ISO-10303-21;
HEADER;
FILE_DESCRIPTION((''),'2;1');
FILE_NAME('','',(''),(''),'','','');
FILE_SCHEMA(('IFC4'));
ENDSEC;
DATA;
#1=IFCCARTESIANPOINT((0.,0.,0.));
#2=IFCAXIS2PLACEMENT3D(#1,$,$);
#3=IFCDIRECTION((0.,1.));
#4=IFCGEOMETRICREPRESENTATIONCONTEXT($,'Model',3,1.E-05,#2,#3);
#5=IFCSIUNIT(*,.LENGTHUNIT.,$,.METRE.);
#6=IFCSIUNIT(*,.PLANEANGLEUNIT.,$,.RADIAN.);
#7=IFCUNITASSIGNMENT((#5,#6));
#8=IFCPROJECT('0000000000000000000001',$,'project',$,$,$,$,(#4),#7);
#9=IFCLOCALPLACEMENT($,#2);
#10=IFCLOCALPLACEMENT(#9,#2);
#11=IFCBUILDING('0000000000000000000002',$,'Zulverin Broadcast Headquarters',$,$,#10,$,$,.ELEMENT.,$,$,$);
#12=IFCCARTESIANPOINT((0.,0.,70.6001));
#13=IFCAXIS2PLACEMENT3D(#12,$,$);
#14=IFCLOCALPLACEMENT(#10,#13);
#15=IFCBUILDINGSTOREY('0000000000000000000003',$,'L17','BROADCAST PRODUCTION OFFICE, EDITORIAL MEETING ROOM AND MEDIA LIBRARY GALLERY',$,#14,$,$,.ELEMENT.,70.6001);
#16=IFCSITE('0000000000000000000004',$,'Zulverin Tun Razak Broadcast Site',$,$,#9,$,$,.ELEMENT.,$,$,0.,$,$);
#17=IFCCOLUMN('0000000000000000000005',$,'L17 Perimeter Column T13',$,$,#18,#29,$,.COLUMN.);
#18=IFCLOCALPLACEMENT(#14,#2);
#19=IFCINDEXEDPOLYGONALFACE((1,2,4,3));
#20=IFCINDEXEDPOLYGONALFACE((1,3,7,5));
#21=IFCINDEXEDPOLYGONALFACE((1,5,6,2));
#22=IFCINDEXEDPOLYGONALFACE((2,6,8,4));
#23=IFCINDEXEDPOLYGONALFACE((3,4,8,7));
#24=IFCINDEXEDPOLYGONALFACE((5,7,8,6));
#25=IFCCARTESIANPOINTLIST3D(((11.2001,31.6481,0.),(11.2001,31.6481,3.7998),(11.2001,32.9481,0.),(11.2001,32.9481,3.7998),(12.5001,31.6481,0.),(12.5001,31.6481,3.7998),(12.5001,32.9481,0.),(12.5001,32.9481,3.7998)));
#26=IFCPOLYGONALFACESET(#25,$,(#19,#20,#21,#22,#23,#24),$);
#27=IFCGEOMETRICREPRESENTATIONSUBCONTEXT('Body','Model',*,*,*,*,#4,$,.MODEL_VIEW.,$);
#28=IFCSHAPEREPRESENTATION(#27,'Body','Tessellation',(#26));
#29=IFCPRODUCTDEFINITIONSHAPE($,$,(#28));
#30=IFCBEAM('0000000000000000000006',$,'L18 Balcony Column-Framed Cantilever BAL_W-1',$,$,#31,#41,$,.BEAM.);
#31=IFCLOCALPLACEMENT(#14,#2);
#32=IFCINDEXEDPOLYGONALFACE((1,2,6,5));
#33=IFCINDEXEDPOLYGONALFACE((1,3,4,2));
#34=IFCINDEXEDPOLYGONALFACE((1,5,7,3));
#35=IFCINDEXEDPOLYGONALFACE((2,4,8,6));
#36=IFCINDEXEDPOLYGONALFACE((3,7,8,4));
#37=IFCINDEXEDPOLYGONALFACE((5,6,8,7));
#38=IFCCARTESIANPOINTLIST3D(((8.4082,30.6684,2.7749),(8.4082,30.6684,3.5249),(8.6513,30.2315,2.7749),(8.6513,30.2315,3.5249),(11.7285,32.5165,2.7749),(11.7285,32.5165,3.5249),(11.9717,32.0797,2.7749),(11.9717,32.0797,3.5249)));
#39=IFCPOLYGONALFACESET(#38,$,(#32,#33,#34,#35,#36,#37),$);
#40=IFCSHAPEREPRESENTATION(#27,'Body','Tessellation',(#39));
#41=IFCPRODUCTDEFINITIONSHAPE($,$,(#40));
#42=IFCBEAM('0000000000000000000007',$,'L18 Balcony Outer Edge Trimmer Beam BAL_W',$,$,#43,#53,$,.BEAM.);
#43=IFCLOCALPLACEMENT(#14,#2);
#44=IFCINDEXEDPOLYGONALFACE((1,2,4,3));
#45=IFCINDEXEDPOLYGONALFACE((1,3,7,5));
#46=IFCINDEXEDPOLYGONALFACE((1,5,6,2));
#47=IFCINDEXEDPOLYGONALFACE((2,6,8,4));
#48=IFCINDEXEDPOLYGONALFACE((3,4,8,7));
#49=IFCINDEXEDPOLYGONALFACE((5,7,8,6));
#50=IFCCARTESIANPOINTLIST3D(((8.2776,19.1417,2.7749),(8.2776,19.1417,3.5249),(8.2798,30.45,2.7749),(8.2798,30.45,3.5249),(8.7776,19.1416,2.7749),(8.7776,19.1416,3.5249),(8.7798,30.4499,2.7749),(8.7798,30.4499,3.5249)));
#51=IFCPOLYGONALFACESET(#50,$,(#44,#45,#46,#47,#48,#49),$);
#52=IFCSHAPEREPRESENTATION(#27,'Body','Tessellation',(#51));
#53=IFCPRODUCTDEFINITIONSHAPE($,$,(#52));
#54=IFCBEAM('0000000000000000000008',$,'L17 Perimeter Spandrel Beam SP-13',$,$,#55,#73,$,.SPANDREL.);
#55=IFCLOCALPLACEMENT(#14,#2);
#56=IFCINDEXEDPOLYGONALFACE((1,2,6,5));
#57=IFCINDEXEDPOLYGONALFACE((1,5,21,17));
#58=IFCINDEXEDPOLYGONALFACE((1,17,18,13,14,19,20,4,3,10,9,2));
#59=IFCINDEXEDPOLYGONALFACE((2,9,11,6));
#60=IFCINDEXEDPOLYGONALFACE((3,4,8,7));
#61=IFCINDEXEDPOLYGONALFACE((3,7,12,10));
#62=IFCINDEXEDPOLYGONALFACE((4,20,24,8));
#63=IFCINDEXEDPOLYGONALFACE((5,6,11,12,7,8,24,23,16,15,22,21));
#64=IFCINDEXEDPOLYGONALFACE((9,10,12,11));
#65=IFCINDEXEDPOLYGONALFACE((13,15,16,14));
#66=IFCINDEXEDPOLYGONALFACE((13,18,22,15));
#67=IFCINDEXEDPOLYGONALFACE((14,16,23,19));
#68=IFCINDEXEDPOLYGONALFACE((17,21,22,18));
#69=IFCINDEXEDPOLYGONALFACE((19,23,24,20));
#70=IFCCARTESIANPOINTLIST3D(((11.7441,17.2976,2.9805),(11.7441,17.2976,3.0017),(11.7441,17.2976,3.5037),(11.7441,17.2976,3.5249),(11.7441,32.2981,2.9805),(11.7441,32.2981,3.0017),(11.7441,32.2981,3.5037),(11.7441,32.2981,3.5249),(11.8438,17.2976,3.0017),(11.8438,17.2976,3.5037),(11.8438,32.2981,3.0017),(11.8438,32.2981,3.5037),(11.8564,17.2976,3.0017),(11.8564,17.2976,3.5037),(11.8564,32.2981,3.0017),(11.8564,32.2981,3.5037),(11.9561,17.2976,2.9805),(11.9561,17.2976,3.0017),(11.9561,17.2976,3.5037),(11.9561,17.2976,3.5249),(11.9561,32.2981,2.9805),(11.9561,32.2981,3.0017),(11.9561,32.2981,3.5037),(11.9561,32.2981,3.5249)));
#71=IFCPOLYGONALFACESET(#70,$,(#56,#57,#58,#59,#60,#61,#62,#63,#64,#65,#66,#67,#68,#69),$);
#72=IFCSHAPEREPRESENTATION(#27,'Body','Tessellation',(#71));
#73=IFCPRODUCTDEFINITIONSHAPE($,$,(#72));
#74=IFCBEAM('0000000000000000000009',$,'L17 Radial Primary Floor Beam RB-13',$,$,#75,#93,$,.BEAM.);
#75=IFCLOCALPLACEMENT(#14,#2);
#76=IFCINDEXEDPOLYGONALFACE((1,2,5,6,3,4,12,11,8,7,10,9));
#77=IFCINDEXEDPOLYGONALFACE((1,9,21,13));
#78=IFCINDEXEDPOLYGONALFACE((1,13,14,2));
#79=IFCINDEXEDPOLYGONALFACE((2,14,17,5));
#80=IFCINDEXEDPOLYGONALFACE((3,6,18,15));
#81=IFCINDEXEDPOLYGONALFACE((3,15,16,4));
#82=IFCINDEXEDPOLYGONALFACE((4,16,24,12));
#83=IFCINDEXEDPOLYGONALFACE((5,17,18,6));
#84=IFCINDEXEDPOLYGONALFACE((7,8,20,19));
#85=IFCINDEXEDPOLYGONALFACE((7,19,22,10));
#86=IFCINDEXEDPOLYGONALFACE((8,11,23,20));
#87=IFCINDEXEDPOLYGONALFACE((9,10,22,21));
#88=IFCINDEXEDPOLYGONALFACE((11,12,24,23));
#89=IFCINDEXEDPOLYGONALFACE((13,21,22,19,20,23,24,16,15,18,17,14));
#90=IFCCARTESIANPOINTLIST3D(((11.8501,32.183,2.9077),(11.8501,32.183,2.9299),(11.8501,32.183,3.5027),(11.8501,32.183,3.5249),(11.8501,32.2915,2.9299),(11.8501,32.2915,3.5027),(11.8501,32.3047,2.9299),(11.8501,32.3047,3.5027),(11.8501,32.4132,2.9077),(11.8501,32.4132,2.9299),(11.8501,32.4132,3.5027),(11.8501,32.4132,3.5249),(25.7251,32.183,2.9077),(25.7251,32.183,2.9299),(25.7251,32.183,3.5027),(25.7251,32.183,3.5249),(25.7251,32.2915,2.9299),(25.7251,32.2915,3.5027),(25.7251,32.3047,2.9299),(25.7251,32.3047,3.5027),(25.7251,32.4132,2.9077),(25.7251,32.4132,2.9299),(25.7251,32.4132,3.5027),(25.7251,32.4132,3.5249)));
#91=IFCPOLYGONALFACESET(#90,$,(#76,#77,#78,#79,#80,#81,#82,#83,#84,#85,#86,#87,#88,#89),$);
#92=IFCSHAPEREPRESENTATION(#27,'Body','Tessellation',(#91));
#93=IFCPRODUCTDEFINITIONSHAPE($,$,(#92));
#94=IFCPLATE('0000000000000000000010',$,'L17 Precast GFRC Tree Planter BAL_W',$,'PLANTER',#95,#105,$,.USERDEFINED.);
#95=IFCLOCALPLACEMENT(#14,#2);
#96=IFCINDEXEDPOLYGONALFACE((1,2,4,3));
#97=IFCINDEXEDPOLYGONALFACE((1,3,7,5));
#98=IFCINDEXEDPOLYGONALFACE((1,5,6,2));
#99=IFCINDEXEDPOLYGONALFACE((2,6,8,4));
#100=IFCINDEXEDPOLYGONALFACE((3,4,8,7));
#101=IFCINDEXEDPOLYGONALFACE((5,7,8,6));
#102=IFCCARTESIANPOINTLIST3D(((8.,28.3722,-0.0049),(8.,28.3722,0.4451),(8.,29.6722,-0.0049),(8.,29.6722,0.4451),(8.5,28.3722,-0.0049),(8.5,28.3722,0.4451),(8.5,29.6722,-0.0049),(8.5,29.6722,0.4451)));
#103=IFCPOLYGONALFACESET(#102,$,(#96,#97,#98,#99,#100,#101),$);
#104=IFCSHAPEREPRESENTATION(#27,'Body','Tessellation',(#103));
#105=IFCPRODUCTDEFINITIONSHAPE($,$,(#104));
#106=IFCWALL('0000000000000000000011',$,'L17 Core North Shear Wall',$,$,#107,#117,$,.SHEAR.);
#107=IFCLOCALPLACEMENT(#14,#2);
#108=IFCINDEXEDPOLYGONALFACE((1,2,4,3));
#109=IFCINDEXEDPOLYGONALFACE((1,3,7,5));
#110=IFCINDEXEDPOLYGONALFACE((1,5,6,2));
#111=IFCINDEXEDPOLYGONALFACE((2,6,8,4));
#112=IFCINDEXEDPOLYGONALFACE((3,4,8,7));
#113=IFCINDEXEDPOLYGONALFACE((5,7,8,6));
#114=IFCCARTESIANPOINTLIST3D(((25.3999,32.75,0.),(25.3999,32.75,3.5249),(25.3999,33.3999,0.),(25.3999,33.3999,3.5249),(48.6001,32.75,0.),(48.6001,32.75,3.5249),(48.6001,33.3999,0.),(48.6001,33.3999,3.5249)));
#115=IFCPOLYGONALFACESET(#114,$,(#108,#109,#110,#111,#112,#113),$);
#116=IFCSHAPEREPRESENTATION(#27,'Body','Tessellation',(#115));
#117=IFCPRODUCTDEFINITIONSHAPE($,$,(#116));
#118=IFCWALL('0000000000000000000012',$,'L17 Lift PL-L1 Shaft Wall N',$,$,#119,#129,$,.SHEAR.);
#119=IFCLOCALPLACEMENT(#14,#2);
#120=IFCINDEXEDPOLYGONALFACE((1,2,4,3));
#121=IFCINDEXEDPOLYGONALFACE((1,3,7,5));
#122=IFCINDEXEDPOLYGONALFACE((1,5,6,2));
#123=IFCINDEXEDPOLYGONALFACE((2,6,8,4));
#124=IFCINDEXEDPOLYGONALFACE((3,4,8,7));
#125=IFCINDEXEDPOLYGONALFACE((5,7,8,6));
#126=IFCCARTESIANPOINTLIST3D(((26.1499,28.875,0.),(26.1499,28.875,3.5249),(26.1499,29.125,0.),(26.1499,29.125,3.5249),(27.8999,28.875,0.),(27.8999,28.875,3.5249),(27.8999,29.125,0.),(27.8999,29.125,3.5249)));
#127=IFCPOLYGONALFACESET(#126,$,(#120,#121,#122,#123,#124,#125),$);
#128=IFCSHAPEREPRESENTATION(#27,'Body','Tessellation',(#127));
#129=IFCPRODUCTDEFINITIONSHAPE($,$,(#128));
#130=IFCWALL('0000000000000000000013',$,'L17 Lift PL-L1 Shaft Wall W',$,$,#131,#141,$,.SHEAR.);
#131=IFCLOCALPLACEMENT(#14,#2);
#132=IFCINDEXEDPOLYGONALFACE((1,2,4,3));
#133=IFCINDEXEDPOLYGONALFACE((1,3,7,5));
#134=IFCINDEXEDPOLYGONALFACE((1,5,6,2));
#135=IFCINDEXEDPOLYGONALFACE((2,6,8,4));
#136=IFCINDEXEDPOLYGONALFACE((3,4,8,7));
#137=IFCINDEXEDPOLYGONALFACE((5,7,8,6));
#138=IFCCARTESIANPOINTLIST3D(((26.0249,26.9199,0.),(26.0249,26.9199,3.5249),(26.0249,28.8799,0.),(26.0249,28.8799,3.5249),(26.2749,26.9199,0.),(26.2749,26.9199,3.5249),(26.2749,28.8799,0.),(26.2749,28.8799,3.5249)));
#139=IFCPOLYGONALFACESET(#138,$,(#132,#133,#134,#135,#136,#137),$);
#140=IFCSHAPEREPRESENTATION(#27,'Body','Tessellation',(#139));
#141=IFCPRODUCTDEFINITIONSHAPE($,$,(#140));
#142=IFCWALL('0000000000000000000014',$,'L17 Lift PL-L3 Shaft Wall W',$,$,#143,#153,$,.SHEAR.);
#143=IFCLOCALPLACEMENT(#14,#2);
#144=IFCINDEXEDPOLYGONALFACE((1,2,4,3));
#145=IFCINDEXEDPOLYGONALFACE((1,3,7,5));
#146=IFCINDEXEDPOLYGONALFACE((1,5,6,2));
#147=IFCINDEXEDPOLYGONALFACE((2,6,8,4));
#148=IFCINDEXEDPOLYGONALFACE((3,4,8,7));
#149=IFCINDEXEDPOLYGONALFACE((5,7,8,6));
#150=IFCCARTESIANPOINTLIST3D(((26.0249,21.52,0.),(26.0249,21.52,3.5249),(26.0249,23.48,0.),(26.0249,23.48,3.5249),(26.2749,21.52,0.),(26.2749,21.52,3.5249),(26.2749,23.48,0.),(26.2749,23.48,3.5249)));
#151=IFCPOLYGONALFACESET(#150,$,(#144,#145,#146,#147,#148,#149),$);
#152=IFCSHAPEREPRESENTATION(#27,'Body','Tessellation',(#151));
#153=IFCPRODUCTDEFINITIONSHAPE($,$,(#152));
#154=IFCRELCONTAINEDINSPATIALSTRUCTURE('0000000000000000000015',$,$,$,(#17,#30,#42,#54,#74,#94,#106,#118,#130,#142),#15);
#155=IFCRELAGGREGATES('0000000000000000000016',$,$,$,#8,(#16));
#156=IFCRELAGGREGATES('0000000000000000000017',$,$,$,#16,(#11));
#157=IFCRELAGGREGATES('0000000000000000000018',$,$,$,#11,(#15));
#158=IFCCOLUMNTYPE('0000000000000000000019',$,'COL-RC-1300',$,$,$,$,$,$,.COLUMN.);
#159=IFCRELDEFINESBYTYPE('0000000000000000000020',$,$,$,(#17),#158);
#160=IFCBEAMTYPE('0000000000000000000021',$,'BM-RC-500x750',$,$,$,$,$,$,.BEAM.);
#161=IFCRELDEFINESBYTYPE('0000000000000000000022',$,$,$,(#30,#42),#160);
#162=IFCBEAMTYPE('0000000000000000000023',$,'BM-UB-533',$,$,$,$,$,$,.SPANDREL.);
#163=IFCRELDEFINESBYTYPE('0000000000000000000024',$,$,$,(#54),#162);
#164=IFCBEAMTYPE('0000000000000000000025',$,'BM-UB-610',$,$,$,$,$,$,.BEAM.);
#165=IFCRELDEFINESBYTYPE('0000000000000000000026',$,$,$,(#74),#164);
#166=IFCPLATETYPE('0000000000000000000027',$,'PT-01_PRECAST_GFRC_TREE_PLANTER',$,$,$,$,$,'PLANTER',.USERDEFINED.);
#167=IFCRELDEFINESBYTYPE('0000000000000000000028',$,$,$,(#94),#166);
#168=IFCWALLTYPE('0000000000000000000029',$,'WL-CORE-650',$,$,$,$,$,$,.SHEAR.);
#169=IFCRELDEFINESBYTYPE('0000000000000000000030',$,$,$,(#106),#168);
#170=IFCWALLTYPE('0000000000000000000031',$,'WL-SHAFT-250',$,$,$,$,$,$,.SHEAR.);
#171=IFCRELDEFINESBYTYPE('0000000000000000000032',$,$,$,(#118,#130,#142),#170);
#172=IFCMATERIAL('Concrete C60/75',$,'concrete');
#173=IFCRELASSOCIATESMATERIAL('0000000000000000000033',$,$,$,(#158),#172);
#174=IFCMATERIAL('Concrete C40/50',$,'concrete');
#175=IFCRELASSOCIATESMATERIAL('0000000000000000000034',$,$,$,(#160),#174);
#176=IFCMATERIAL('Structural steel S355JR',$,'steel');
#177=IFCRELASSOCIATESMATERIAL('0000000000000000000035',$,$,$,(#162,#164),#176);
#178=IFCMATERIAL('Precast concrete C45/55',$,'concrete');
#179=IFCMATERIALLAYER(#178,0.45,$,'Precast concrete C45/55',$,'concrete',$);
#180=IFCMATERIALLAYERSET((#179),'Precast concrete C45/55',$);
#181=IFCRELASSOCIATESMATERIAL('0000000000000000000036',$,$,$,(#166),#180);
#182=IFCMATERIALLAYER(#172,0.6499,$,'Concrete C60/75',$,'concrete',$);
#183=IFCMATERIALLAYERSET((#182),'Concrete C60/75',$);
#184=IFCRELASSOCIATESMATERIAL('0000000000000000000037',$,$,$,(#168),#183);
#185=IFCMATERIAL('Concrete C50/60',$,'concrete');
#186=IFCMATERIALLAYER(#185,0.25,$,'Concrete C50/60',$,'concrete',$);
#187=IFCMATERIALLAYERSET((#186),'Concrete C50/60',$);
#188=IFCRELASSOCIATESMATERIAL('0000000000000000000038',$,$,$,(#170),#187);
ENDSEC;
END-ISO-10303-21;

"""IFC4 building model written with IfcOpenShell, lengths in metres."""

from ifc_helpers import new_model, si_unit, direction, frame, frame_2d, origin, origin_2d, place, context, subcontext, project, spatial, rectangle, i_section, extrude, material, layer, layer_set, material_profile, profile_set, type_object, element, save


model = new_model("IFC4")

# Units and contexts
model_context = context("Model", 3, precision=1e-05, world=origin(), true_north=direction((0.0, 1.0)))
body_context = subcontext(model_context, "Body", "Model", "MODEL_VIEW")
ifc_project = project(units=[si_unit("LENGTHUNIT", "METRE"), si_unit("PLANEANGLEUNIT", "RADIAN")], contexts=[model_context])

# Site, building, storey
site_placement = place(None, origin())
site = spatial("IfcSite", under=ifc_project, at=site_placement, Name="Zulverin Tun Razak Broadcast Site", CompositionType="ELEMENT", RefElevation=0.0)
building_placement = place(site_placement, origin())
building = spatial("IfcBuilding", under=site, at=building_placement, Name="Zulverin Broadcast Headquarters", CompositionType="ELEMENT")
storey_placement = place(building_placement, frame((0.0, 0.0, 70.6001)))
storey = spatial("IfcBuildingStorey", under=building, at=storey_placement, Name="L17", Description="BROADCAST PRODUCTION OFFICE, EDITORIAL MEETING ROOM AND MEDIA LIBRARY GALLERY", CompositionType="ELEMENT", Elevation=70.6001)

# Column
ifc_material_1 = material(Name="Concrete C60/75", Category="concrete")
ifc_material_profile_1 = material_profile(ifc_material_1, rectangle(XDim=1.3, YDim=1.3, at=origin_2d()), Name="Concrete C60/75", Category="concrete")
ifc_profile_set_1 = profile_set([ifc_material_profile_1], Name="Concrete C60/75")
column_type = type_object("IfcColumnType", Name="COL-RC-1300", PredefinedType="COLUMN", material=ifc_profile_set_1)
column_placement = place(storey_placement, frame((11.8501, 32.2981, 0.0), z_axis=(0.0, 0.0, 1.0), x_axis=(1.0, 0.0, 0.0)))
element("IfcColumn", 1, at=column_placement, inside=storey, type_object=column_type, Name="L17 Perimeter Column T13", PredefinedType="COLUMN", context=body_context, shape_type="SweptSolid", body=[
    extrude(rectangle(XDim=1.3, YDim=1.3, at=origin_2d()), origin(), (0.0, 0.0, 1.0), 3.7998),
])

# Beams
ifc_material_2 = material(Name="Concrete C40/50", Category="concrete")
ifc_material_profile_2 = material_profile(ifc_material_2, rectangle(XDim=0.5, YDim=0.75, at=origin_2d()), Name="Concrete C40/50", Category="concrete")
ifc_profile_set_2 = profile_set([ifc_material_profile_2], Name="Concrete C40/50")
beam_type_1 = type_object("IfcBeamType", Name="BM-RC-500x750", PredefinedType="BEAM", material=ifc_profile_set_2)
beam_1_placement = place(storey_placement, frame((11.8501, 32.2981, 3.1499), z_axis=(-0.873763, -0.486352, 0.0), x_axis=(0.486352, -0.873763, 0.0)))
element("IfcBeam", 2, at=beam_1_placement, inside=storey, type_object=beam_type_1, Name="L18 Balcony Column-Framed Cantilever BAL_W-1", PredefinedType="BEAM", context=body_context, shape_type="SweptSolid", body=[
    extrude(rectangle(XDim=0.5, YDim=0.75, at=origin_2d()), origin(), (0.0, 0.0, 1.0), 3.8),
])
beam_2_placement = place(storey_placement, frame((8.5298, 30.45, 3.1499), z_axis=(-0.000194, -1.0, 0.0), x_axis=(1.0, -0.000194, 0.0)))
element("IfcBeam", 3, at=beam_2_placement, inside=storey, type_object=beam_type_1, Name="L18 Balcony Outer Edge Trimmer Beam BAL_W", PredefinedType="BEAM", context=body_context, shape_type="SweptSolid", body=[
    extrude(rectangle(XDim=0.5, YDim=0.75, at=origin_2d()), origin(), (0.0, 0.0, 1.0), 11.3083),
])
ifc_material_3 = material(Name="Structural steel S355JR", Category="steel")
ifc_material_profile_3 = material_profile(ifc_material_3, i_section(OverallWidth=0.2119, OverallDepth=0.5444, WebThickness=0.0127, FlangeThickness=0.0212, at=origin_2d()), Name="Structural steel S355JR", Category="steel")
ifc_profile_set_3 = profile_set([ifc_material_profile_3], Name="Structural steel S355JR")
beam_type_2 = type_object("IfcBeamType", Name="BM-UB-533", PredefinedType="SPANDREL", material=ifc_profile_set_3)
beam_3_placement = place(storey_placement, frame((11.8501, 32.2981, 3.2527), z_axis=(0.0, -1.0, 0.0), x_axis=(1.0, 0.0, 0.0)))
element("IfcBeam", 4, at=beam_3_placement, inside=storey, type_object=beam_type_2, Name="L17 Perimeter Spandrel Beam SP-13", PredefinedType="SPANDREL", context=body_context, shape_type="SweptSolid", body=[
    extrude(i_section(OverallWidth=0.2119, OverallDepth=0.5444, WebThickness=0.0127, FlangeThickness=0.0212, at=origin_2d()), origin(), (0.0, 0.0, 1.0), 15.0005),
])
ifc_material_profile_4 = material_profile(ifc_material_3, i_section(OverallWidth=0.2302, OverallDepth=0.6172, WebThickness=0.0132, FlangeThickness=0.0222, at=origin_2d()), Name="Structural steel S355JR", Category="steel")
ifc_profile_set_4 = profile_set([ifc_material_profile_4], Name="Structural steel S355JR")
beam_type_3 = type_object("IfcBeamType", Name="BM-UB-610", PredefinedType="BEAM", material=ifc_profile_set_4)
beam_4_placement = place(storey_placement, frame((25.7251, 32.2981, 3.2163), z_axis=(-1.0, 0.0, 0.0), x_axis=(0.0, -1.0, 0.0)))
element("IfcBeam", 5, at=beam_4_placement, inside=storey, type_object=beam_type_3, Name="L17 Radial Primary Floor Beam RB-13", PredefinedType="BEAM", context=body_context, shape_type="SweptSolid", body=[
    extrude(i_section(OverallWidth=0.2302, OverallDepth=0.6172, WebThickness=0.0132, FlangeThickness=0.0222, at=origin_2d()), origin(), (0.0, 0.0, 1.0), 13.875),
])

# Plate
ifc_material_4 = material(Name="Precast concrete C45/55", Category="concrete")
ifc_layer_1 = layer(ifc_material_4, 0.45, Name="Precast concrete C45/55", Category="concrete")
ifc_layer_set_1 = layer_set([ifc_layer_1], Name="Precast concrete C45/55")
plate_type = type_object("IfcPlateType", Name="PT-01_PRECAST_GFRC_TREE_PLANTER", ElementType="PLANTER", PredefinedType="USERDEFINED", material=ifc_layer_set_1)
plate_placement = place(storey_placement, frame((8.25, 29.0222, -0.0049), z_axis=(0.0, 0.0, 1.0), x_axis=(0.0, 1.0, 0.0)))
element("IfcPlate", 6, at=plate_placement, inside=storey, type_object=plate_type, Name="L17 Precast GFRC Tree Planter BAL_W", ObjectType="PLANTER", PredefinedType="USERDEFINED", context=body_context, shape_type="SweptSolid", body=[
    extrude(rectangle(XDim=1.3, YDim=0.5, at=origin_2d()), origin(), (0.0, 0.0, 1.0), 0.45),
])

# Wall
ifc_layer_2 = layer(ifc_material_1, 0.6499, Name="Concrete C60/75", Category="concrete")
ifc_layer_set_2 = layer_set([ifc_layer_2], Name="Concrete C60/75")
wall_type_1 = type_object("IfcWallType", Name="WL-CORE-650", PredefinedType="SHEAR", material=ifc_layer_set_2)
wall_1_placement = place(storey_placement, frame((25.3999, 33.075, 0.0), z_axis=(0.0, 0.0, 1.0), x_axis=(1.0, 0.0, 0.0)))
element("IfcWall", 7, at=wall_1_placement, inside=storey, type_object=wall_type_1, Name="L17 Core North Shear Wall", PredefinedType="SHEAR", context=body_context, shape_type="SweptSolid", body=[
    extrude(rectangle(XDim=23.2002, YDim=0.6499, at=frame_2d((11.6001, 0.0))), origin(), (0.0, 0.0, 1.0), 3.5249),
])

# Shared definitions
ifc_material_5 = material(Name="Concrete C50/60", Category="concrete")
ifc_layer_3 = layer(ifc_material_5, 0.25, Name="Concrete C50/60", Category="concrete")
ifc_layer_set_3 = layer_set([ifc_layer_3], Name="Concrete C50/60")
wall_type_2 = type_object("IfcWallType", Name="WL-SHAFT-250", PredefinedType="SHEAR", material=ifc_layer_set_3)

# Walls
wall_2_placement = place(storey_placement, frame((26.1499, 29.0, 0.0), z_axis=(0.0, 0.0, 1.0), x_axis=(1.0, 0.0, 0.0)))
element("IfcWall", 8, at=wall_2_placement, inside=storey, type_object=wall_type_2, Name="L17 Lift PL-L1 Shaft Wall N", PredefinedType="SHEAR", context=body_context, shape_type="SweptSolid", body=[
    extrude(rectangle(XDim=1.75, YDim=0.25, at=frame_2d((0.875, 0.0))), origin(), (0.0, 0.0, 1.0), 3.5249),
])
wall_3_placement = place(storey_placement, frame((26.1499, 26.9199, 0.0), z_axis=(0.0, 0.0, 1.0), x_axis=(0.0, 1.0, 0.0)))
element("IfcWall", 9, at=wall_3_placement, inside=storey, type_object=wall_type_2, Name="L17 Lift PL-L1 Shaft Wall W", PredefinedType="SHEAR", context=body_context, shape_type="SweptSolid", body=[
    extrude(rectangle(XDim=1.96, YDim=0.25, at=frame_2d((0.98, 0.0))), origin(), (0.0, 0.0, 1.0), 3.5249),
])

# Wall
wall_4_placement = place(storey_placement, frame((26.1499, 21.52, 0.0), z_axis=(0.0, 0.0, 1.0), x_axis=(0.0, 1.0, 0.0)))
element("IfcWall", 10, at=wall_4_placement, inside=storey, type_object=wall_type_2, Name="L17 Lift PL-L3 Shaft Wall W", PredefinedType="SHEAR", context=body_context, shape_type="SweptSolid", body=[
    extrude(rectangle(XDim=1.96, YDim=0.25, at=frame_2d((0.98, 0.0))), origin(), (0.0, 0.0, 1.0), 3.5249),
])

save(model, "model.ifc")
